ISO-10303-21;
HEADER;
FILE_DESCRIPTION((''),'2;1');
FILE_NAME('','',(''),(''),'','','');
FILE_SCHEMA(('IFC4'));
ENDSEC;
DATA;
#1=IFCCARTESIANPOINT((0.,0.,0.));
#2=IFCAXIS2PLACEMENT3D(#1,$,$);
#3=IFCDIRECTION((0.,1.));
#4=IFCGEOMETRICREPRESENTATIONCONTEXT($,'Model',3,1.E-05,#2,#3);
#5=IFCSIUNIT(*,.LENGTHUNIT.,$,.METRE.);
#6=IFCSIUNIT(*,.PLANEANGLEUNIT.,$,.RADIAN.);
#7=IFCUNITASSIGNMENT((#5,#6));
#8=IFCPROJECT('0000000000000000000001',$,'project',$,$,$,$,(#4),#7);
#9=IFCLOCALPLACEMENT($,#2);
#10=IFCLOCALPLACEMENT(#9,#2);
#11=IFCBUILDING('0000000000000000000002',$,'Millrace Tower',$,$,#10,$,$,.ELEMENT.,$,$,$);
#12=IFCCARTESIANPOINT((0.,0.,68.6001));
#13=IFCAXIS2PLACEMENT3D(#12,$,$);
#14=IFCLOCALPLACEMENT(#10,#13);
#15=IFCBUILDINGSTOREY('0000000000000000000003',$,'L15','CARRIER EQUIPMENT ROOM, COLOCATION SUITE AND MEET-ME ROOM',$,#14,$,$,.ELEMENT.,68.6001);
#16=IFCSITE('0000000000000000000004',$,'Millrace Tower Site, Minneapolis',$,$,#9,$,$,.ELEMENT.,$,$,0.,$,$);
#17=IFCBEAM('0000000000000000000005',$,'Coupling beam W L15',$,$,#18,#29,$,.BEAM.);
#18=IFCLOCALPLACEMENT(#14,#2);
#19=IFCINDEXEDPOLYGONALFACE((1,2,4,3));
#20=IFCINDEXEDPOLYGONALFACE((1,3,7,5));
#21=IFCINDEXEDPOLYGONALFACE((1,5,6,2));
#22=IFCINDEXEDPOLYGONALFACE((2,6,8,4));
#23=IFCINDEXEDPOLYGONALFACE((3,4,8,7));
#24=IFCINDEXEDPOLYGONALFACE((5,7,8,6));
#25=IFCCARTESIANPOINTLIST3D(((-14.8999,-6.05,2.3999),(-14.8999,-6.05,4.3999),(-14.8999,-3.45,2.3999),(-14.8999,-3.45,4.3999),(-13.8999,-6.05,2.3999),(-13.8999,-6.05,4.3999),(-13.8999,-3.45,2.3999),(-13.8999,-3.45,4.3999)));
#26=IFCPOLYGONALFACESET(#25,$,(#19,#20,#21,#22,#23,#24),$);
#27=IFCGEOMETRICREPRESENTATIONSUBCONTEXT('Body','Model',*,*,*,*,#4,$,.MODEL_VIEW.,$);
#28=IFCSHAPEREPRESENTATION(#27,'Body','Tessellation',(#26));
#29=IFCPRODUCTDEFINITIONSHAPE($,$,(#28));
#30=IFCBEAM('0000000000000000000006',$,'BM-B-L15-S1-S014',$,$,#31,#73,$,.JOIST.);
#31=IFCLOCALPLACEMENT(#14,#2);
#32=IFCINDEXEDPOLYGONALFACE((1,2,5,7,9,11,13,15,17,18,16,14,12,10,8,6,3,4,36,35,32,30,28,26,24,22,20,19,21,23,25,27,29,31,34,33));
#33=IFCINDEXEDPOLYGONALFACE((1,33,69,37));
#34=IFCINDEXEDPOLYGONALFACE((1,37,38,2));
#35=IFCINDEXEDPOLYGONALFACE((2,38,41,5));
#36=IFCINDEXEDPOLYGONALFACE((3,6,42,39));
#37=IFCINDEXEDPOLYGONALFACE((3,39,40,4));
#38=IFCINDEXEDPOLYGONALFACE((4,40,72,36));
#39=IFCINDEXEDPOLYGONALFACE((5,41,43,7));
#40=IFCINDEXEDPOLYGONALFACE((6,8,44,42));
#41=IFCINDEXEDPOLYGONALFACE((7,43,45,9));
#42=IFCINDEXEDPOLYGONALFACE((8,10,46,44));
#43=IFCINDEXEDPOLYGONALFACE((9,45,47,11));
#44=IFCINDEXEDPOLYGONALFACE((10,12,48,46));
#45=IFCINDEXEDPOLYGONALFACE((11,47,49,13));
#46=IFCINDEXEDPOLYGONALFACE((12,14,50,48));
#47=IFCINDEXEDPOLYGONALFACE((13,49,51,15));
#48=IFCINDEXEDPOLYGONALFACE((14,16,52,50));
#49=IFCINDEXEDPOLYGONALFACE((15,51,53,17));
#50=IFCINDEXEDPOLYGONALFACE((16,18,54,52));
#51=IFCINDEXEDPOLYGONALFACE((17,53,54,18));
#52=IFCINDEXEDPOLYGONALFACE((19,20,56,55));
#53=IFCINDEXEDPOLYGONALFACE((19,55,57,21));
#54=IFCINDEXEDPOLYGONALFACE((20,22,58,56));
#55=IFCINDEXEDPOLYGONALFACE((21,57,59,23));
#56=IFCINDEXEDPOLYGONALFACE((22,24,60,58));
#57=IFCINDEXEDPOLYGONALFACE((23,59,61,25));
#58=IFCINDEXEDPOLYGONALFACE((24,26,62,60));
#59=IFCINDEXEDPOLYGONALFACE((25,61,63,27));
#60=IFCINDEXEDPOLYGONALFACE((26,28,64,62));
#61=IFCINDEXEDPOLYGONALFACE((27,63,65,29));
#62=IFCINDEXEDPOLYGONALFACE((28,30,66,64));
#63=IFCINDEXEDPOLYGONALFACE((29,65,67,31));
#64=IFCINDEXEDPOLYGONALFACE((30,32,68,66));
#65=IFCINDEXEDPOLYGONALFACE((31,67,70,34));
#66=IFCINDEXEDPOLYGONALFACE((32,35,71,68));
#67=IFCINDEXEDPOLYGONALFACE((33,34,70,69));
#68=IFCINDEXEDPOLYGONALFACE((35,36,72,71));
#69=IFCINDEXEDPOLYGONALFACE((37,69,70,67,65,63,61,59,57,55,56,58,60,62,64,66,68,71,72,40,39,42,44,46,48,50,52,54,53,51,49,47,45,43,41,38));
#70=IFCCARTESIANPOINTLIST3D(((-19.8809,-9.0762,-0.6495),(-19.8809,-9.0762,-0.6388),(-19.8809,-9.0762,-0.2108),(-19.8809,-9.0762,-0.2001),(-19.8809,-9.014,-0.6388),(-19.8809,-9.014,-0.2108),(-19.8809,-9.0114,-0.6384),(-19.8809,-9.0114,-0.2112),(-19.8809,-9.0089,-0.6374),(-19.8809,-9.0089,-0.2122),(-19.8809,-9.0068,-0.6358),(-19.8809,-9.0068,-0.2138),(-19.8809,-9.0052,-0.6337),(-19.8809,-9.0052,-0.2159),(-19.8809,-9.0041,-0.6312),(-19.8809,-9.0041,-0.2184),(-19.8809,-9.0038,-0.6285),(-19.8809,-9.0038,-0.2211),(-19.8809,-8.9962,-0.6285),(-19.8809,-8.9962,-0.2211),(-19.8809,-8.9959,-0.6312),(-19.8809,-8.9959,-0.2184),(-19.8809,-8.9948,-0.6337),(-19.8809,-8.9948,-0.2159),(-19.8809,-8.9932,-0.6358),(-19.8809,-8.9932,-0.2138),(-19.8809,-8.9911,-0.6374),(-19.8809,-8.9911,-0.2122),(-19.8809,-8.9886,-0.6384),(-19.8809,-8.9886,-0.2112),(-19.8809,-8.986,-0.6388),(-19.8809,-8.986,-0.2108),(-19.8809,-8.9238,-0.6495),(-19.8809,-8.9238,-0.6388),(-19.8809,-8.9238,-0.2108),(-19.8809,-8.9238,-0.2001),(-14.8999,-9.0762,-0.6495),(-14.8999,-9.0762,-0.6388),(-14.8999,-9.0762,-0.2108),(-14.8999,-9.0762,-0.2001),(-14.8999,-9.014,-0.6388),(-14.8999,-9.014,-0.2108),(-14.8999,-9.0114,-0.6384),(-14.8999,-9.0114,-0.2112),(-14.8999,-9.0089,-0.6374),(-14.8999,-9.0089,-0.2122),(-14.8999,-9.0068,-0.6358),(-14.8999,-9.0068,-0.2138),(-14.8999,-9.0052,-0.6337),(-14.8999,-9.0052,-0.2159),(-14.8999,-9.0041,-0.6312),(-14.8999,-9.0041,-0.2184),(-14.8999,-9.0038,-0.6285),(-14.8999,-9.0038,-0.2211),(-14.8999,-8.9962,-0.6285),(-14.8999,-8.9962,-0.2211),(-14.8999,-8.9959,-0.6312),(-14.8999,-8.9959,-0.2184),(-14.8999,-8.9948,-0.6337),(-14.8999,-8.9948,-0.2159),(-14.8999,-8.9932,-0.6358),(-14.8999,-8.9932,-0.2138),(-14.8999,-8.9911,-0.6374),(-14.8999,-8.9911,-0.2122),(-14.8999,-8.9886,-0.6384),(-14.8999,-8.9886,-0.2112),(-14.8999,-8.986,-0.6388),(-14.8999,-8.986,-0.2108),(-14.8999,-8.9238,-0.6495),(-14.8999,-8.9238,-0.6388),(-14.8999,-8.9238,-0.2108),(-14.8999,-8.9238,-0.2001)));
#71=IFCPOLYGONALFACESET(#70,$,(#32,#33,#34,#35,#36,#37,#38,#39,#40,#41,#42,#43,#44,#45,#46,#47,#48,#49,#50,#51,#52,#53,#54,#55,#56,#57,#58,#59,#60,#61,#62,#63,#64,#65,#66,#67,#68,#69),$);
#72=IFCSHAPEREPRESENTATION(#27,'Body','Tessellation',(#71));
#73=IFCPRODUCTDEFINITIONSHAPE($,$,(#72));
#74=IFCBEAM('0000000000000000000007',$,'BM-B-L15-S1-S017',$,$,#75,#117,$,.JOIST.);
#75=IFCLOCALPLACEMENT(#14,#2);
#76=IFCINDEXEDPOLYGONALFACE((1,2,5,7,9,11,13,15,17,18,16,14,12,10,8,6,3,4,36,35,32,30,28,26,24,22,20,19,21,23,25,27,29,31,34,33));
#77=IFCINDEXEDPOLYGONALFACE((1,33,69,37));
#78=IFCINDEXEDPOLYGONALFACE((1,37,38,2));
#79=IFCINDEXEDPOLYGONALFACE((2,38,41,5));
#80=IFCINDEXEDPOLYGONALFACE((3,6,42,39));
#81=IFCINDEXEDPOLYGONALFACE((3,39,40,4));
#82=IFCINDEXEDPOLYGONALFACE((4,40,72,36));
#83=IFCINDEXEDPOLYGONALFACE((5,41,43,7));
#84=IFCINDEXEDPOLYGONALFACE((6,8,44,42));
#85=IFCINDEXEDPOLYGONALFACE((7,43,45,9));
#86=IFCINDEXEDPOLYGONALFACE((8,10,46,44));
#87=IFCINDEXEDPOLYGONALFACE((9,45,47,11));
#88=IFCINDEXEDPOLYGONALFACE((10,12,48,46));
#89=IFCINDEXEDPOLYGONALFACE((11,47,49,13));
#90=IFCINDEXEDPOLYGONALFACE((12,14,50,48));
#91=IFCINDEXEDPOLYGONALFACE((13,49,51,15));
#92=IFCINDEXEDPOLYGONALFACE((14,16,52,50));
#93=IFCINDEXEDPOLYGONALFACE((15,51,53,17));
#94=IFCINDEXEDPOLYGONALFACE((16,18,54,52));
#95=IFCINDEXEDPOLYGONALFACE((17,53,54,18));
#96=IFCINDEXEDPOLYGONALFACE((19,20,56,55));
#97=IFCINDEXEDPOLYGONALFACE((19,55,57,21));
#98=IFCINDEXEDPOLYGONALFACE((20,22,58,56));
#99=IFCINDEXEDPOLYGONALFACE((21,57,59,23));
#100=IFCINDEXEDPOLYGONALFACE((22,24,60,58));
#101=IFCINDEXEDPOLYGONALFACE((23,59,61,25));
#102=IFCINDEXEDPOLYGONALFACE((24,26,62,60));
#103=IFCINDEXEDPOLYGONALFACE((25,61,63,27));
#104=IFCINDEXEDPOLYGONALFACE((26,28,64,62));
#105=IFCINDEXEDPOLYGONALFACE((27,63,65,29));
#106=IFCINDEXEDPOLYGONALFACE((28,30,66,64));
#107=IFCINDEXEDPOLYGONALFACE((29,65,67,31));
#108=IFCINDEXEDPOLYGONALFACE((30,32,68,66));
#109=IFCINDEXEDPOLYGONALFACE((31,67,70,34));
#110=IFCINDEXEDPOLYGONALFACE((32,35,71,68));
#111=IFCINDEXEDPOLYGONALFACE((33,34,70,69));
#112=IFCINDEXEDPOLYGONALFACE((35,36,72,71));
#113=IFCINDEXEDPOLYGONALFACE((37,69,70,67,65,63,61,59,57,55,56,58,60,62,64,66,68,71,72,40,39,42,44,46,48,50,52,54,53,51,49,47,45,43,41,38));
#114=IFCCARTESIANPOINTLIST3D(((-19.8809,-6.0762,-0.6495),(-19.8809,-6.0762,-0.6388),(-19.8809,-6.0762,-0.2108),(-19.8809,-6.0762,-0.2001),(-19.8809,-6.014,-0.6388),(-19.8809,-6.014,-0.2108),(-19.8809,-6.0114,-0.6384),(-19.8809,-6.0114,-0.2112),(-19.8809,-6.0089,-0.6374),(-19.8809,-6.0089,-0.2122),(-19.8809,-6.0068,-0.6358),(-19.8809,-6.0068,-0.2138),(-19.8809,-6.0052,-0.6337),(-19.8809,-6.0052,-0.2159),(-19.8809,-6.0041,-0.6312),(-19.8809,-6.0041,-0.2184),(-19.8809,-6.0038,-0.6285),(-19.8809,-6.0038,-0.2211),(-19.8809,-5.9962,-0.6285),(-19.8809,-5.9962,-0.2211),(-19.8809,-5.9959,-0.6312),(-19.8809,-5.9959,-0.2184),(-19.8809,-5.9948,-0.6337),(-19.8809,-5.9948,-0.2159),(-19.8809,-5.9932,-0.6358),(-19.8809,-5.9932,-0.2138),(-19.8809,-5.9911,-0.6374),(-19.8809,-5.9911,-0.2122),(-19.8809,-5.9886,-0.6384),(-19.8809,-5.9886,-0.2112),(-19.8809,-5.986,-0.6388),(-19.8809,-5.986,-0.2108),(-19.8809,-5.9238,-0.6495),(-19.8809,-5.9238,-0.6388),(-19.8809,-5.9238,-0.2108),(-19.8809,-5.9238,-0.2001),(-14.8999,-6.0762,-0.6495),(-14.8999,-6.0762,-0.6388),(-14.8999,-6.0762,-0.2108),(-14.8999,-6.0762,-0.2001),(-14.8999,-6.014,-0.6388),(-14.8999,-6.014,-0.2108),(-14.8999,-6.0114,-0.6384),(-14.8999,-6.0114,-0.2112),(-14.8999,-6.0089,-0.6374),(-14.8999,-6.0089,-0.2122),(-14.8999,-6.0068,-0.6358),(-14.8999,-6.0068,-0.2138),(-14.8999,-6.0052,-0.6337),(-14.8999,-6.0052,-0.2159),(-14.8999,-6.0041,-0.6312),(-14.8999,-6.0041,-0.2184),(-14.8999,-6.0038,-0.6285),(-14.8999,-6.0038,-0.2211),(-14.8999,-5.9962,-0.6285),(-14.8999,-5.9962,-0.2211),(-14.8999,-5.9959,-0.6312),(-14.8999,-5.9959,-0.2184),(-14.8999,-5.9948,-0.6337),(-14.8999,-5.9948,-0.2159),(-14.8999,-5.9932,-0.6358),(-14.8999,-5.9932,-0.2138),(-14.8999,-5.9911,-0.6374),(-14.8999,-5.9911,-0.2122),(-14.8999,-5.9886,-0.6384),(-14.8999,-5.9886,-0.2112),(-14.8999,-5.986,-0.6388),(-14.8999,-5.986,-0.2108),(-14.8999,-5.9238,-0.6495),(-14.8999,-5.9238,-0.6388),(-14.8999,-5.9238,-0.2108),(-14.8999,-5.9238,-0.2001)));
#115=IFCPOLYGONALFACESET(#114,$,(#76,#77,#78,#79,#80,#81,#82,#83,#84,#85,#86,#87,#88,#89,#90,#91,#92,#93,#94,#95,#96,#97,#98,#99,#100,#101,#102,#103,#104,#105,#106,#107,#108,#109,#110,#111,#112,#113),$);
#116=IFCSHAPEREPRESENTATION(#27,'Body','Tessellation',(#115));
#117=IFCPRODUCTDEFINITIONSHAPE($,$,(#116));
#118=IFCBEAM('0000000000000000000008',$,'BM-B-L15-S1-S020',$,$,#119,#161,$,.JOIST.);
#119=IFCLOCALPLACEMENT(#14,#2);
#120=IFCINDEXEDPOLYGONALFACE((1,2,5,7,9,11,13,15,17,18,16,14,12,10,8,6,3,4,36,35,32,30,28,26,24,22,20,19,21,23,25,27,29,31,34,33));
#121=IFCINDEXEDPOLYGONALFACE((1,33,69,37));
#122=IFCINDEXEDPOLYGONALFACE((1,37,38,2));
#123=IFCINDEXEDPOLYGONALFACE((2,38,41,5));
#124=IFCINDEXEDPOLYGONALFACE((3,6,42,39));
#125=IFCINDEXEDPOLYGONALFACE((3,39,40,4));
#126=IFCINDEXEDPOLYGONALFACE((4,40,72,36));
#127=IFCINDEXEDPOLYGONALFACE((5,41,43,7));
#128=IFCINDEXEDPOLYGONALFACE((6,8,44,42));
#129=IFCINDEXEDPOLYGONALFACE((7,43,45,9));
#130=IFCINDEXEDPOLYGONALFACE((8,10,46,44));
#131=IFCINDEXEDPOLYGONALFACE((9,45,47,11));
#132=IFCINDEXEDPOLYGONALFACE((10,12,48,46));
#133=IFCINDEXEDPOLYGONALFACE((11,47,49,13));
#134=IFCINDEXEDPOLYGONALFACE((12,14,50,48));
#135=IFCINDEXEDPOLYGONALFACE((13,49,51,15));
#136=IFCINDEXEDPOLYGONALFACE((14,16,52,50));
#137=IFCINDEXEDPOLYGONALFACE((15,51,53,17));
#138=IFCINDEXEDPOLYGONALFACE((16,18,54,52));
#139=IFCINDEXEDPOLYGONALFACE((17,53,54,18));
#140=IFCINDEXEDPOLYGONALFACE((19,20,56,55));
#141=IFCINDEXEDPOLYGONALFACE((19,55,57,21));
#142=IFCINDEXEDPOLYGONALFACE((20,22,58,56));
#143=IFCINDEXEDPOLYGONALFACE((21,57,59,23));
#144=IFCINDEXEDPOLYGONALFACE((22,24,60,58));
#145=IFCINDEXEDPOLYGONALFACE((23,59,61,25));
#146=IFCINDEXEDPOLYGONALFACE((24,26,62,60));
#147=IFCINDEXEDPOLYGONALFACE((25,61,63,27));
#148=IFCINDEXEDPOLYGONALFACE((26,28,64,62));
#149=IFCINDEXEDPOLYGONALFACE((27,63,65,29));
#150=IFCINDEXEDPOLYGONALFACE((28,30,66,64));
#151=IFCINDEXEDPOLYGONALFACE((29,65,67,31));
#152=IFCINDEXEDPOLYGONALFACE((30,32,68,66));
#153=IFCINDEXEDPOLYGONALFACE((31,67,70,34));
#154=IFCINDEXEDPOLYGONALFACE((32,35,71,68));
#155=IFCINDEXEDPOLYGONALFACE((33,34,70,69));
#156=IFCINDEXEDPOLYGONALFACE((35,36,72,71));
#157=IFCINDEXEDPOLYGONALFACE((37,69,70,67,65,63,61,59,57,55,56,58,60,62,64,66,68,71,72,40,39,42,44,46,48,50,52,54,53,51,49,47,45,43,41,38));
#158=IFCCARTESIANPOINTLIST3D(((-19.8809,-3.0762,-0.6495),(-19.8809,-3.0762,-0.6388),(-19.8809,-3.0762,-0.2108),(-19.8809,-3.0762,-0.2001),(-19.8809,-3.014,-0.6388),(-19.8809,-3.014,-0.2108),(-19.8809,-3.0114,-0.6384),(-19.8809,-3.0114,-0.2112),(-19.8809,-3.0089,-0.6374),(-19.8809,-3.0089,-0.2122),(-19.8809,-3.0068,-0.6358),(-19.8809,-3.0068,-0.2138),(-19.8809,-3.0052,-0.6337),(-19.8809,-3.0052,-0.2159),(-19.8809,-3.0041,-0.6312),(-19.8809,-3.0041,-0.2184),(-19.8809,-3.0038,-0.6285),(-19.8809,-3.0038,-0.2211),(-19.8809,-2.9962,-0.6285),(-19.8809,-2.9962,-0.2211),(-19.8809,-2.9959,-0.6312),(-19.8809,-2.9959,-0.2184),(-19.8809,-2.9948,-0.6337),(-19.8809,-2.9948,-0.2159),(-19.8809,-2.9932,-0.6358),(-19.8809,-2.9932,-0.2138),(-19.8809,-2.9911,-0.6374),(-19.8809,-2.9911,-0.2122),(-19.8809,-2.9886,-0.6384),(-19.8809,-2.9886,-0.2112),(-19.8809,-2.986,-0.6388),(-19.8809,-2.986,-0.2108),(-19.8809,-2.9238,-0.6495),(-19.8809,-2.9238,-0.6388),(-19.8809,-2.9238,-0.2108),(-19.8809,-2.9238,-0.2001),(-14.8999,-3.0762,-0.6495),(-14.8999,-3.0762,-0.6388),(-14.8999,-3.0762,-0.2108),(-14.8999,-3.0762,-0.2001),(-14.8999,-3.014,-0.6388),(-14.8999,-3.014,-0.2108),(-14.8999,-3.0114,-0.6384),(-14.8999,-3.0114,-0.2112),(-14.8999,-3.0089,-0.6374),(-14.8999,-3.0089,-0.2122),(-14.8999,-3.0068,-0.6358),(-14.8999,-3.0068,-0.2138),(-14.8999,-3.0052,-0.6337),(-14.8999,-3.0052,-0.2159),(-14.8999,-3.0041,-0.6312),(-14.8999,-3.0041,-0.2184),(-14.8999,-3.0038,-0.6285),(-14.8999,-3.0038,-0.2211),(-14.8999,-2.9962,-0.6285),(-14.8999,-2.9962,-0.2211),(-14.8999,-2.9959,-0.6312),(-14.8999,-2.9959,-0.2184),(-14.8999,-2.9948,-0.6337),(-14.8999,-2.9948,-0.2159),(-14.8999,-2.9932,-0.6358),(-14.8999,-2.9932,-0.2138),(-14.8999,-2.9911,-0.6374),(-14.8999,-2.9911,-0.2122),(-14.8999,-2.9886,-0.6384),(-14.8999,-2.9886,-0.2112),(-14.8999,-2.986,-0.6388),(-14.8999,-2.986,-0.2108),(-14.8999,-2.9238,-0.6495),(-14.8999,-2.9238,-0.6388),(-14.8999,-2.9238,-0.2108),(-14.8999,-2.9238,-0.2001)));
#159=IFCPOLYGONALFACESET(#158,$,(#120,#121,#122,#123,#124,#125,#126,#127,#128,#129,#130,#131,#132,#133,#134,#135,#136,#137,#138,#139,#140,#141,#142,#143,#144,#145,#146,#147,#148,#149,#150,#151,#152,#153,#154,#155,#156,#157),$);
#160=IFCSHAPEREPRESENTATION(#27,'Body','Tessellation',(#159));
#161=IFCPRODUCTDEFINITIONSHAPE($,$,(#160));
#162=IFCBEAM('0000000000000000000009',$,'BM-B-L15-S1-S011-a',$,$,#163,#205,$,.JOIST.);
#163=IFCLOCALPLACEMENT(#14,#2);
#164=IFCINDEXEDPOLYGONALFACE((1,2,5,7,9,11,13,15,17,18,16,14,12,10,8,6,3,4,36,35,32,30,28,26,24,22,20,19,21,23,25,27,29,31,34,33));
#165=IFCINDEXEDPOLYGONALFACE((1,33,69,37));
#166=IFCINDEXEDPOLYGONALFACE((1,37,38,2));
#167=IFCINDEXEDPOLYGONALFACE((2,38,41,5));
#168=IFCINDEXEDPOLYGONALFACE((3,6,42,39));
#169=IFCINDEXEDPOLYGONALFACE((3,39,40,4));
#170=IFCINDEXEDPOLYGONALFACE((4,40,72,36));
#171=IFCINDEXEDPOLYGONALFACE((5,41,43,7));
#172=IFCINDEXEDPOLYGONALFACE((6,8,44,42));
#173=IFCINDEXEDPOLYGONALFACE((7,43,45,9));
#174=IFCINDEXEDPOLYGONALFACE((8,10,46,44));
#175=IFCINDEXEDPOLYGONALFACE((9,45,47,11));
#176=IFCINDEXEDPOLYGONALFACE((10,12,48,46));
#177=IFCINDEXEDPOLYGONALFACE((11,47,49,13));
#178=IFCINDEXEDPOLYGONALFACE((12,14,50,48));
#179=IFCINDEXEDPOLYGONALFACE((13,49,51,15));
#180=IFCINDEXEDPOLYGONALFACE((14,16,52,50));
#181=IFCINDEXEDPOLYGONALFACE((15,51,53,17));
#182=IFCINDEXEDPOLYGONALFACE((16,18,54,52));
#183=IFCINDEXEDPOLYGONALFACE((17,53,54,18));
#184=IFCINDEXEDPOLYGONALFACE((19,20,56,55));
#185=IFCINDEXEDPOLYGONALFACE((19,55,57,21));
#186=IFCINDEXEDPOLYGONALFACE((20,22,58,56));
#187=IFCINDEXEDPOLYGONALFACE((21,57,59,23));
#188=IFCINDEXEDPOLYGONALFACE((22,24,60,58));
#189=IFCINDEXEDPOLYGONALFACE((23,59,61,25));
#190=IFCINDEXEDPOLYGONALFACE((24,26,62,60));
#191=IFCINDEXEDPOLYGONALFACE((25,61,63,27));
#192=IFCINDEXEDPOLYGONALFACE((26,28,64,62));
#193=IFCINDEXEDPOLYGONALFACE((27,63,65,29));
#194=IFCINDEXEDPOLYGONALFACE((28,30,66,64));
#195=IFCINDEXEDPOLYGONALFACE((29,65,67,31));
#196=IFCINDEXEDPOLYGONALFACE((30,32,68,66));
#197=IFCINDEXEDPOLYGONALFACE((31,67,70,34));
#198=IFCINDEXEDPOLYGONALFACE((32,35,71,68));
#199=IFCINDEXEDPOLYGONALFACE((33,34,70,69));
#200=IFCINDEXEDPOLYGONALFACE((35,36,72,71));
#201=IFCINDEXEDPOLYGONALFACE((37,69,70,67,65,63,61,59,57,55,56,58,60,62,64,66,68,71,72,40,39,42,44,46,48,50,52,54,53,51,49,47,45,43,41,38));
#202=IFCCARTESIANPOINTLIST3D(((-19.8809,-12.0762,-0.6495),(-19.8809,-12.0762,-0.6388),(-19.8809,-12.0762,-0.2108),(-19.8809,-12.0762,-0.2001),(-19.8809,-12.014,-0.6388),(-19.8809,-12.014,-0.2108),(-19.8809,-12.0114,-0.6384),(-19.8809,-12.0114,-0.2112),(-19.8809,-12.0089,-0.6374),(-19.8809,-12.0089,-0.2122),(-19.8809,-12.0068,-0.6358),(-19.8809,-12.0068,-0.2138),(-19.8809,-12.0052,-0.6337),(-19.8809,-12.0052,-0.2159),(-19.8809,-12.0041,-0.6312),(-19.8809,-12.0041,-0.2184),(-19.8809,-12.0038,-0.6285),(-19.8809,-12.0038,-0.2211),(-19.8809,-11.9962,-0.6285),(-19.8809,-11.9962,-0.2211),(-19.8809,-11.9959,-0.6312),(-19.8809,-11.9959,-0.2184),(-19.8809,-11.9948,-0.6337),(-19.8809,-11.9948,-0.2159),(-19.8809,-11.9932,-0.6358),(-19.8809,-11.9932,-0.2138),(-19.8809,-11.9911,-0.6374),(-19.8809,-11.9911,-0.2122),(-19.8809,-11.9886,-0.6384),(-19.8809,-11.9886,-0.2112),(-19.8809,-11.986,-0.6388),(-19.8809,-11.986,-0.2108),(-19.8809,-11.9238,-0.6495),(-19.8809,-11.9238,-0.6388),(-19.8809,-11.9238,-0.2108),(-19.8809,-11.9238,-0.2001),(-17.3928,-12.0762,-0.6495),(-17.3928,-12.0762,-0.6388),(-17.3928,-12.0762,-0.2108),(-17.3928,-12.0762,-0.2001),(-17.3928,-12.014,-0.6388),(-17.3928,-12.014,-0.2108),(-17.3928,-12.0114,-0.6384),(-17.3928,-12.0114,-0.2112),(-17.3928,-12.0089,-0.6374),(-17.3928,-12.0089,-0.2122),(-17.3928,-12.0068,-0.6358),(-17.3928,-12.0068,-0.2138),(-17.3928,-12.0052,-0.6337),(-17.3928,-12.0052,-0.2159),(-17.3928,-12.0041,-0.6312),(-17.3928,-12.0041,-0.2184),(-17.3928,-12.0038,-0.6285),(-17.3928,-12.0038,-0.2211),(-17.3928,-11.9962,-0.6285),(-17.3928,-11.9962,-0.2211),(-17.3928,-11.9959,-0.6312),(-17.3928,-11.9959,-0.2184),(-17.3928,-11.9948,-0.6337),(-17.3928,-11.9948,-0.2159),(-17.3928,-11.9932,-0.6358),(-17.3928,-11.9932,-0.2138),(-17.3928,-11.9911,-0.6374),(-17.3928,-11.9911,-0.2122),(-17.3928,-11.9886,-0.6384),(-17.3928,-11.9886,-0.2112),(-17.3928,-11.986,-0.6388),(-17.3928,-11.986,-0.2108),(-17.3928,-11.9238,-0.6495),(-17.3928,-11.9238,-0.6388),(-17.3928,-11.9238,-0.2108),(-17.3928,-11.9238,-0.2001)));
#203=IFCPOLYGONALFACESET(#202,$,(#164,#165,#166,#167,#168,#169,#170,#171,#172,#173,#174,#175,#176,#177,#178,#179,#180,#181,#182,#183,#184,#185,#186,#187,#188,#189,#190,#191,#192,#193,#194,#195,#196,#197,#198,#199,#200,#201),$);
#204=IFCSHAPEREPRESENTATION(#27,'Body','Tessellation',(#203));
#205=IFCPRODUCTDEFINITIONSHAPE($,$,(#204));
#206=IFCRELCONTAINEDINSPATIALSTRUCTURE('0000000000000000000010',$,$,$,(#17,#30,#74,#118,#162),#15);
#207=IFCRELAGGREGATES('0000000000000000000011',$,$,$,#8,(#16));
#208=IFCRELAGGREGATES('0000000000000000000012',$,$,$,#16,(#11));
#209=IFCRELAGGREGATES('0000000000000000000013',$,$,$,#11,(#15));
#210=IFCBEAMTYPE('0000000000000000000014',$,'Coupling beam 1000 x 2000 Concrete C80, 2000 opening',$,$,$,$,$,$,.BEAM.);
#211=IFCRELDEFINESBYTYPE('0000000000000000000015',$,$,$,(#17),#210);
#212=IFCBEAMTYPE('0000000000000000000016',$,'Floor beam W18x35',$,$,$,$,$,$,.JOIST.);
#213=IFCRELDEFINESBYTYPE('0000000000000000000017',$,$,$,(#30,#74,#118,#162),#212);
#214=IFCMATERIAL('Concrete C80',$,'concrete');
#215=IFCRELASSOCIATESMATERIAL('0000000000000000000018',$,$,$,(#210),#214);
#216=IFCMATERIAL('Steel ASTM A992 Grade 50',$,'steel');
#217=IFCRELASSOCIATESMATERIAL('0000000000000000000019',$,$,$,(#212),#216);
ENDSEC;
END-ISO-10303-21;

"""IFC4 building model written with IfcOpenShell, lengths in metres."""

from ifc_helpers import new_model, si_unit, direction, frame, origin, origin_2d, place, context, subcontext, project, spatial, rectangle, i_section, extrude, material, material_profile, profile_set, type_object, element, save


model = new_model("IFC4")

# Units and contexts
model_context = context("Model", 3, precision=1e-05, world=origin(), true_north=direction((0.0, 1.0)))
body_context = subcontext(model_context, "Body", "Model", "MODEL_VIEW")
ifc_project = project(units=[si_unit("LENGTHUNIT", "METRE"), si_unit("PLANEANGLEUNIT", "RADIAN")], contexts=[model_context])

# Site, building, storey
site_placement = place(None, origin())
site = spatial("IfcSite", under=ifc_project, at=site_placement, Name="Millrace Tower Site, Minneapolis", CompositionType="ELEMENT", RefElevation=0.0)
building_placement = place(site_placement, origin())
building = spatial("IfcBuilding", under=site, at=building_placement, Name="Millrace Tower", CompositionType="ELEMENT")
storey_placement = place(building_placement, frame((0.0, 0.0, 68.6001)))
storey = spatial("IfcBuildingStorey", under=building, at=storey_placement, Name="L15", Description="CARRIER EQUIPMENT ROOM, COLOCATION SUITE AND MEET-ME ROOM", CompositionType="ELEMENT", Elevation=68.6001)

# Beams
ifc_material_1 = material(Name="Concrete C80", Category="concrete")
ifc_material_profile_1 = material_profile(ifc_material_1, rectangle(XDim=1.0, YDim=2.0, at=origin_2d()))
ifc_profile_set_1 = profile_set([ifc_material_profile_1], Name="Concrete C80")
beam_type_1 = type_object("IfcBeamType", Name="Coupling beam 1000 x 2000 Concrete C80, 2000 opening", PredefinedType="BEAM", material=ifc_profile_set_1)
beam_1_placement = place(storey_placement, frame((-14.3999, -6.05, 3.3999), z_axis=(0.0, 1.0, 0.0), x_axis=(-1.0, 0.0, 0.0)))
element("IfcBeam", 1, at=beam_1_placement, inside=storey, type_object=beam_type_1, Name="Coupling beam W L15", PredefinedType="BEAM", context=body_context, shape_type="SweptSolid", body=[
    extrude(rectangle(XDim=1.0, YDim=2.0, at=origin_2d()), origin(), (0.0, 0.0, 1.0), 2.6001),
])
ifc_material_2 = material(Name="Steel ASTM A992 Grade 50", Category="steel")
ifc_material_profile_2 = material_profile(ifc_material_2, i_section(OverallWidth=0.1523, OverallDepth=0.4495, WebThickness=0.0076, FlangeThickness=0.0107, FilletRadius=0.0103, at=origin_2d()))
ifc_profile_set_2 = profile_set([ifc_material_profile_2], Name="Steel ASTM A992 Grade 50")
beam_type_2 = type_object("IfcBeamType", Name="Floor beam W18x35", PredefinedType="JOIST", material=ifc_profile_set_2)
for number, where, z_axis, x_axis, name in (
    (2, (-19.8809, -9.0, -0.4248), (1.0, 0.0, 0.0), (0.0, 1.0, 0.0), "BM-B-L15-S1-S014"),
    (3, (-19.8809, -6.0, -0.4248), (1.0, 0.0, 0.0), (0.0, 1.0, 0.0), "BM-B-L15-S1-S017"),
    (4, (-19.8809, -3.0, -0.4248), (1.0, 0.0, 0.0), (0.0, 1.0, 0.0), "BM-B-L15-S1-S020"),
):
    element("IfcBeam", number, at=place(storey_placement, frame(where, z_axis=z_axis, x_axis=x_axis)), inside=storey, type_object=beam_type_2, Name=name, PredefinedType="JOIST", context=body_context, shape_type="SweptSolid", body=[
        extrude(i_section(OverallWidth=0.1523, OverallDepth=0.4495, WebThickness=0.0076, FlangeThickness=0.0107, FilletRadius=0.0103, at=origin_2d()), origin(), (0.0, 0.0, 1.0), 4.981),
    ])
beam_2_placement = place(storey_placement, frame((-19.8809, -12.0, -0.4248), z_axis=(1.0, 0.0, 0.0), x_axis=(0.0, 1.0, 0.0)))
element("IfcBeam", 5, at=beam_2_placement, inside=storey, type_object=beam_type_2, Name="BM-B-L15-S1-S011-a", PredefinedType="JOIST", context=body_context, shape_type="SweptSolid", body=[
    extrude(i_section(OverallWidth=0.1523, OverallDepth=0.4495, WebThickness=0.0076, FlangeThickness=0.0107, FilletRadius=0.0103, at=origin_2d()), origin(), (0.0, 0.0, 1.0), 2.488),
])

save(model, "model.ifc")
